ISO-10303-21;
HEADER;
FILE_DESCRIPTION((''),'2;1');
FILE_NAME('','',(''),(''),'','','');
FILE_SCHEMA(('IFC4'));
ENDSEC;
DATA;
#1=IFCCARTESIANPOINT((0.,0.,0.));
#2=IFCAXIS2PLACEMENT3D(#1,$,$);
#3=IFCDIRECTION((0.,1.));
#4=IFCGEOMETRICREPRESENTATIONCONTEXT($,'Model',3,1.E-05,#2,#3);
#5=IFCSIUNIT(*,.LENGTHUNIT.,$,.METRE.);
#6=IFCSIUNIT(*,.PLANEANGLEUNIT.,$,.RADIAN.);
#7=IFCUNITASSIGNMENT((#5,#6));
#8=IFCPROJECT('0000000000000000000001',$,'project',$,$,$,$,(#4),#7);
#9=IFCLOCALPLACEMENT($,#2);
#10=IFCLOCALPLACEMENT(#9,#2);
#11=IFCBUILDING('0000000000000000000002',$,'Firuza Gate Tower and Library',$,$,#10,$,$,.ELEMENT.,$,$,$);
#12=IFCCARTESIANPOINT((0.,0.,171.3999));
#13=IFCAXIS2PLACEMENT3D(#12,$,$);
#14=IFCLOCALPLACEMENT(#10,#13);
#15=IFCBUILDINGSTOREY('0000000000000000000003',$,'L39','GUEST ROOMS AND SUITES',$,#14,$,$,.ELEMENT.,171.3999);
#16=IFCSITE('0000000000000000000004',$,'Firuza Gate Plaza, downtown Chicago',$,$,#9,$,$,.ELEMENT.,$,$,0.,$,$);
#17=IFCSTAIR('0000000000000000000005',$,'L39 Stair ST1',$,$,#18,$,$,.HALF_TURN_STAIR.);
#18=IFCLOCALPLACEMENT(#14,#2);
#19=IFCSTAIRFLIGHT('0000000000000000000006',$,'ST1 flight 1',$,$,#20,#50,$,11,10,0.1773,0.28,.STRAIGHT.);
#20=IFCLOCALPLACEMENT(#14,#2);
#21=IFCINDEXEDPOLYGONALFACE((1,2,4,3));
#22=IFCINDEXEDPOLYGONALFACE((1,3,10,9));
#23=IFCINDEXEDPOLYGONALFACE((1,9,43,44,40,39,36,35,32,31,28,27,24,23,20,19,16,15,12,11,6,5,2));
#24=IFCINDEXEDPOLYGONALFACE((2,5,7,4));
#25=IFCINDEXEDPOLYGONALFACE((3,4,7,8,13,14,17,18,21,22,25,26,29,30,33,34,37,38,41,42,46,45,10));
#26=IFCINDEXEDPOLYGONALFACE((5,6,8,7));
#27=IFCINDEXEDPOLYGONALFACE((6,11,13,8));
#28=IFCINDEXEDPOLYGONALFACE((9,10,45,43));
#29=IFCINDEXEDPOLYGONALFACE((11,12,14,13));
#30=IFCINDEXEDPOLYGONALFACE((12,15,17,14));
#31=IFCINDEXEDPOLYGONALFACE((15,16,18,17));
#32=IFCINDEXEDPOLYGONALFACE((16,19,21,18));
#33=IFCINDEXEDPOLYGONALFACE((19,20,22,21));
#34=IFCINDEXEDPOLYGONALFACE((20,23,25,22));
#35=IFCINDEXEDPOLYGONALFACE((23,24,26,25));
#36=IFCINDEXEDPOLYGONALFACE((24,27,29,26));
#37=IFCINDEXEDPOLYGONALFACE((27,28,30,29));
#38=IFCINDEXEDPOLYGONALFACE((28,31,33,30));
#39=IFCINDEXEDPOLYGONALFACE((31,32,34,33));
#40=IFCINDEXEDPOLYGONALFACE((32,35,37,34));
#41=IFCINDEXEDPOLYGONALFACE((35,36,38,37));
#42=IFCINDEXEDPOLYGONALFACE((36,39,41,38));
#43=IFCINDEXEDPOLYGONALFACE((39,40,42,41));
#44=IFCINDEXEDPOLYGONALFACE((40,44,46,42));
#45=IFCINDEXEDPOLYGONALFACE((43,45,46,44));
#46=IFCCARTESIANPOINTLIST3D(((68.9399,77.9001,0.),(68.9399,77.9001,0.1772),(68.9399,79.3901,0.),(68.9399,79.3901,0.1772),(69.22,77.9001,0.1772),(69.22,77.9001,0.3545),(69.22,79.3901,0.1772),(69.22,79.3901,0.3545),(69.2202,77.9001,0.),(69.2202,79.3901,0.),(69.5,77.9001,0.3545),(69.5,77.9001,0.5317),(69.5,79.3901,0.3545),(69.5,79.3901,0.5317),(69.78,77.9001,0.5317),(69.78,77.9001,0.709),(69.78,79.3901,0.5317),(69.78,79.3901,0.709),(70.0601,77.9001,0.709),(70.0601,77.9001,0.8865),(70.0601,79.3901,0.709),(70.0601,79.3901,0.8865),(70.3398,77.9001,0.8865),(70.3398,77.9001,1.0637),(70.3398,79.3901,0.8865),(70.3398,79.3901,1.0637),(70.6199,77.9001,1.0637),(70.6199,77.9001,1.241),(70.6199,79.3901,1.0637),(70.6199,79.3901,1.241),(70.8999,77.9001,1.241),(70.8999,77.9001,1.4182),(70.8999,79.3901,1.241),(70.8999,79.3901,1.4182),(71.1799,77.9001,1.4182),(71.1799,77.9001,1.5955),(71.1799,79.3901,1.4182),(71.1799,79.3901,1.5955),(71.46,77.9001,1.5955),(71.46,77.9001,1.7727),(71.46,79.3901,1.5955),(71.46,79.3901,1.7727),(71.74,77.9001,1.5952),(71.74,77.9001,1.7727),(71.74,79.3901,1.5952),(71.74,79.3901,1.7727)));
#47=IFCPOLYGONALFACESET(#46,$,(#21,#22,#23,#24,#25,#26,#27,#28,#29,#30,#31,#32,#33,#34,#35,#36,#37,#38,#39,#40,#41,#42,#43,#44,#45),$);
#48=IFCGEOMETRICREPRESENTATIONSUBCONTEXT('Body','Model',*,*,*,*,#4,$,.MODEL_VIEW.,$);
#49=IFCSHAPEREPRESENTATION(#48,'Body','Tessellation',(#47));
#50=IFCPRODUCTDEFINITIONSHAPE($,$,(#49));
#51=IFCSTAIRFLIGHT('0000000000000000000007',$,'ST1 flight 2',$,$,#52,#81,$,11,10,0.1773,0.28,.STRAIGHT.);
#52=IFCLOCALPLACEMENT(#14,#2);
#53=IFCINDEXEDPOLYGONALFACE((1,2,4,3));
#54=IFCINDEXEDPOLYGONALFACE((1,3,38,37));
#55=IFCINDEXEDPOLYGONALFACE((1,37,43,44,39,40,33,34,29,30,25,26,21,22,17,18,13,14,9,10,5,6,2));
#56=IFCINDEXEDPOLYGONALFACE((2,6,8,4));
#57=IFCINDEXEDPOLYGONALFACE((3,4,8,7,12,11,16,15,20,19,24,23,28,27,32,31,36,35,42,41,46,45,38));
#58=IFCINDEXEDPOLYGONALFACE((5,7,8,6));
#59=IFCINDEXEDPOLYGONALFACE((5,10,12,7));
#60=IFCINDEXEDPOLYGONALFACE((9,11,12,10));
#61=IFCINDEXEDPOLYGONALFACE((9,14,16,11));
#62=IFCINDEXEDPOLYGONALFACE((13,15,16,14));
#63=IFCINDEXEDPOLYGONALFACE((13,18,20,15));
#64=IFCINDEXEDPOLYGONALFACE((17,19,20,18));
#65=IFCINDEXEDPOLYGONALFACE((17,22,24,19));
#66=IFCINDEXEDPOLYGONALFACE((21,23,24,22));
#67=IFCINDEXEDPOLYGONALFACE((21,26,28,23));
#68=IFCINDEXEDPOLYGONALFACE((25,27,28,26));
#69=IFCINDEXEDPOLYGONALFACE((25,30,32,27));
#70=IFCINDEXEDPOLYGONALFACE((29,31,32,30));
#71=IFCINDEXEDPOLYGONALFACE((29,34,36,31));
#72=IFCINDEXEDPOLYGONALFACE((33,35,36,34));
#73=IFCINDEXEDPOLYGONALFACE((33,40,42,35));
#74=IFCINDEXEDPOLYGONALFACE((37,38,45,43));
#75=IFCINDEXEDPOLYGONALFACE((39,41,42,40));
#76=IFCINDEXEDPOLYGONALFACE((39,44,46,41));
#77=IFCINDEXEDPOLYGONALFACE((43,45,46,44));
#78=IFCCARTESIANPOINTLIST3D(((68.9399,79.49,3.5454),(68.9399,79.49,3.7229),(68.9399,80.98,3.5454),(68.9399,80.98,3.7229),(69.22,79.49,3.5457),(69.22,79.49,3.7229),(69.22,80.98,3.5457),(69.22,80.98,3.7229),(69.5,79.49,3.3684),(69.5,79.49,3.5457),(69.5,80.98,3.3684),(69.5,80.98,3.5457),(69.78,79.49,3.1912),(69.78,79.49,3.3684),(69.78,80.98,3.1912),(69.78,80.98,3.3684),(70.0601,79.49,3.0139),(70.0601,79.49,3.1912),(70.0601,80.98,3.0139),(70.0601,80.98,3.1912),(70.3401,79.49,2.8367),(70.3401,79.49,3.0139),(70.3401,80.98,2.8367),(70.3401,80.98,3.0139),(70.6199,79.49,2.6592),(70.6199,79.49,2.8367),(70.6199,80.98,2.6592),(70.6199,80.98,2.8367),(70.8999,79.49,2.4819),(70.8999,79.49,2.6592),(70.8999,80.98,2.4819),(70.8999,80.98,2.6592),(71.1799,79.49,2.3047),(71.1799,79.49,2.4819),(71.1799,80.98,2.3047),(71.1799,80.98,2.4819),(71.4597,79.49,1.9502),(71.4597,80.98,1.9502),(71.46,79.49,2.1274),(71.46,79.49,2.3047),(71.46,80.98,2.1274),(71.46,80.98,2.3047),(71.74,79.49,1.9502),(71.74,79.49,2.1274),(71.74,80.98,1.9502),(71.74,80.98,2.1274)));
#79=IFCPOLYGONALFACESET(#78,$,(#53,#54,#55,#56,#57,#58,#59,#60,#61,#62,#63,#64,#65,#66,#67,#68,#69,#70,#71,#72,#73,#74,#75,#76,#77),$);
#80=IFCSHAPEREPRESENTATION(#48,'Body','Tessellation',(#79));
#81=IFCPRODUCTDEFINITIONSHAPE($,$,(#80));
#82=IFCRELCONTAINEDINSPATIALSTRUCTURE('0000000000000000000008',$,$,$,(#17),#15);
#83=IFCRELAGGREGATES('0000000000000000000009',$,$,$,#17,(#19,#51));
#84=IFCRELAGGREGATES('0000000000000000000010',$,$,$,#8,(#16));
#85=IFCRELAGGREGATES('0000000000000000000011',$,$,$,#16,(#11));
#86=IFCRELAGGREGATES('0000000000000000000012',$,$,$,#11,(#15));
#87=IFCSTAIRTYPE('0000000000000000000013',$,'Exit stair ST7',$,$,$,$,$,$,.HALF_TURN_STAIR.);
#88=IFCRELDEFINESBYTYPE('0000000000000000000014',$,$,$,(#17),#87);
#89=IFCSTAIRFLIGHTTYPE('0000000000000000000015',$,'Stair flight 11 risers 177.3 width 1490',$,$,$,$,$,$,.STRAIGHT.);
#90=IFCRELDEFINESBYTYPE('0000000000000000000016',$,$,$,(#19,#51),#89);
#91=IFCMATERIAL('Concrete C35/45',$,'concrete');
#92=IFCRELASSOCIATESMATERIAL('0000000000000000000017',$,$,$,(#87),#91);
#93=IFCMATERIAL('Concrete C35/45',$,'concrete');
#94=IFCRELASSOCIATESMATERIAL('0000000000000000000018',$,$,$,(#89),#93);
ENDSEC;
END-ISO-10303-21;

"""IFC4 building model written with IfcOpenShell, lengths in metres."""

from ifc_helpers import new_model, si_unit, direction, frame, origin, place, context, subcontext, project, spatial, polyline, outline, extrude, material, type_object, element, aggregate, save


model = new_model("IFC4")

# Units and contexts
model_context = context("Model", 3, precision=1e-05, world=origin(), true_north=direction((0.0, 1.0)))
body_context = subcontext(model_context, "Body", "Model", "MODEL_VIEW")
ifc_project = project(units=[si_unit("LENGTHUNIT", "METRE"), si_unit("PLANEANGLEUNIT", "RADIAN")], contexts=[model_context])

# Site, building, storey
site_placement = place(None, origin())
site = spatial("IfcSite", under=ifc_project, at=site_placement, Name="Firuza Gate Plaza, downtown Chicago", CompositionType="ELEMENT", RefElevation=0.0)
building_placement = place(site_placement, origin())
building = spatial("IfcBuilding", under=site, at=building_placement, Name="Firuza Gate Tower and Library", CompositionType="ELEMENT")
storey_placement = place(building_placement, frame((0.0, 0.0, 171.3999)))
storey = spatial("IfcBuildingStorey", under=building, at=storey_placement, Name="L39", Description="GUEST ROOMS AND SUITES", CompositionType="ELEMENT", Elevation=171.3999)

# Stair, stair flights
ifc_material_1 = material(Name="Concrete C35/45", Category="concrete")
stair_type = type_object("IfcStairType", Name="Exit stair ST7", PredefinedType="HALF_TURN_STAIR", material=ifc_material_1)
stair_placement = place(storey_placement, origin())
stair = element("IfcStair", 1, at=stair_placement, inside=storey, type_object=stair_type, Name="L39 Stair ST1", PredefinedType="HALF_TURN_STAIR")
ifc_material_2 = material(Name="Concrete C35/45", Category="concrete")
stair_flight_type = type_object("IfcStairFlightType", Name="Stair flight 11 risers 177.3 width 1490", PredefinedType="STRAIGHT", material=ifc_material_2)
stair_flight_1_placement = place(storey_placement, frame((68.9399, 78.645, 0.0), z_axis=(0.0, 0.0, 1.0), x_axis=(1.0, 0.0, 0.0)))
stair_flight_1 = element("IfcStairFlight", 2, at=stair_flight_1_placement, type_object=stair_flight_type, Name="ST1 flight 1", NumberOfRisers=11, NumberOfTreads=10, PredefinedType="STRAIGHT", RiserHeight=0.1773, TreadLength=0.28, context=body_context, shape_type="SweptSolid", body=[
    extrude(outline(polyline([(0.0, 0.0), (0.0, 0.1772), (0.28, 0.1772), (0.28, 0.3545), (0.5601, 0.3545), (0.5601, 0.5317), (0.8401, 0.5317), (0.8401, 0.709), (1.1201, 0.709), (1.1201, 0.8865), (1.3999, 0.8865), (1.3999, 1.0637), (1.6799, 1.0637), (1.6799, 1.241), (1.96, 1.241), (1.96, 1.4182), (2.24, 1.4182), (2.24, 1.5955), (2.52, 1.5955), (2.52, 1.7727), (2.8, 1.7727), (2.8, 1.95), (2.8, 1.5952), (0.2803, 0.0), (0.0, 0.0)])), frame((0.0, 0.7451, 0.0), z_axis=(0.0, -1.0, 0.0), x_axis=(1.0, 0.0, 0.0)), (0.0, 0.0, 1.0), 1.49),
])
stair_flight_2_placement = place(storey_placement, frame((71.74, 80.2351, 1.9502), z_axis=(0.0, 0.0, 1.0), x_axis=(-1.0, 0.0, 0.0)))
stair_flight_2 = element("IfcStairFlight", 3, at=stair_flight_2_placement, type_object=stair_flight_type, Name="ST1 flight 2", NumberOfRisers=11, NumberOfTreads=10, PredefinedType="STRAIGHT", RiserHeight=0.1773, TreadLength=0.28, context=body_context, shape_type="SweptSolid", body=[
    extrude(outline(polyline([(0.0, 0.0), (0.0, 0.1772), (0.28, 0.1772), (0.28, 0.3545), (0.5601, 0.3545), (0.5601, 0.5317), (0.8401, 0.5317), (0.8401, 0.709), (1.1201, 0.709), (1.1201, 0.8865), (1.3999, 0.8865), (1.3999, 1.0637), (1.6799, 1.0637), (1.6799, 1.241), (1.96, 1.241), (1.96, 1.4182), (2.24, 1.4182), (2.24, 1.5955), (2.52, 1.5955), (2.52, 1.7727), (2.8, 1.7727), (2.8, 1.95), (2.8, 1.5952), (0.2803, 0.0), (0.0, 0.0)])), frame((0.0, 0.7451, 0.0), z_axis=(0.0, -1.0, 0.0), x_axis=(1.0, 0.0, 0.0)), (0.0, 0.0, 1.0), 1.49),
])
aggregate(stair, [stair_flight_1, stair_flight_2])

save(model, "model.ifc")
